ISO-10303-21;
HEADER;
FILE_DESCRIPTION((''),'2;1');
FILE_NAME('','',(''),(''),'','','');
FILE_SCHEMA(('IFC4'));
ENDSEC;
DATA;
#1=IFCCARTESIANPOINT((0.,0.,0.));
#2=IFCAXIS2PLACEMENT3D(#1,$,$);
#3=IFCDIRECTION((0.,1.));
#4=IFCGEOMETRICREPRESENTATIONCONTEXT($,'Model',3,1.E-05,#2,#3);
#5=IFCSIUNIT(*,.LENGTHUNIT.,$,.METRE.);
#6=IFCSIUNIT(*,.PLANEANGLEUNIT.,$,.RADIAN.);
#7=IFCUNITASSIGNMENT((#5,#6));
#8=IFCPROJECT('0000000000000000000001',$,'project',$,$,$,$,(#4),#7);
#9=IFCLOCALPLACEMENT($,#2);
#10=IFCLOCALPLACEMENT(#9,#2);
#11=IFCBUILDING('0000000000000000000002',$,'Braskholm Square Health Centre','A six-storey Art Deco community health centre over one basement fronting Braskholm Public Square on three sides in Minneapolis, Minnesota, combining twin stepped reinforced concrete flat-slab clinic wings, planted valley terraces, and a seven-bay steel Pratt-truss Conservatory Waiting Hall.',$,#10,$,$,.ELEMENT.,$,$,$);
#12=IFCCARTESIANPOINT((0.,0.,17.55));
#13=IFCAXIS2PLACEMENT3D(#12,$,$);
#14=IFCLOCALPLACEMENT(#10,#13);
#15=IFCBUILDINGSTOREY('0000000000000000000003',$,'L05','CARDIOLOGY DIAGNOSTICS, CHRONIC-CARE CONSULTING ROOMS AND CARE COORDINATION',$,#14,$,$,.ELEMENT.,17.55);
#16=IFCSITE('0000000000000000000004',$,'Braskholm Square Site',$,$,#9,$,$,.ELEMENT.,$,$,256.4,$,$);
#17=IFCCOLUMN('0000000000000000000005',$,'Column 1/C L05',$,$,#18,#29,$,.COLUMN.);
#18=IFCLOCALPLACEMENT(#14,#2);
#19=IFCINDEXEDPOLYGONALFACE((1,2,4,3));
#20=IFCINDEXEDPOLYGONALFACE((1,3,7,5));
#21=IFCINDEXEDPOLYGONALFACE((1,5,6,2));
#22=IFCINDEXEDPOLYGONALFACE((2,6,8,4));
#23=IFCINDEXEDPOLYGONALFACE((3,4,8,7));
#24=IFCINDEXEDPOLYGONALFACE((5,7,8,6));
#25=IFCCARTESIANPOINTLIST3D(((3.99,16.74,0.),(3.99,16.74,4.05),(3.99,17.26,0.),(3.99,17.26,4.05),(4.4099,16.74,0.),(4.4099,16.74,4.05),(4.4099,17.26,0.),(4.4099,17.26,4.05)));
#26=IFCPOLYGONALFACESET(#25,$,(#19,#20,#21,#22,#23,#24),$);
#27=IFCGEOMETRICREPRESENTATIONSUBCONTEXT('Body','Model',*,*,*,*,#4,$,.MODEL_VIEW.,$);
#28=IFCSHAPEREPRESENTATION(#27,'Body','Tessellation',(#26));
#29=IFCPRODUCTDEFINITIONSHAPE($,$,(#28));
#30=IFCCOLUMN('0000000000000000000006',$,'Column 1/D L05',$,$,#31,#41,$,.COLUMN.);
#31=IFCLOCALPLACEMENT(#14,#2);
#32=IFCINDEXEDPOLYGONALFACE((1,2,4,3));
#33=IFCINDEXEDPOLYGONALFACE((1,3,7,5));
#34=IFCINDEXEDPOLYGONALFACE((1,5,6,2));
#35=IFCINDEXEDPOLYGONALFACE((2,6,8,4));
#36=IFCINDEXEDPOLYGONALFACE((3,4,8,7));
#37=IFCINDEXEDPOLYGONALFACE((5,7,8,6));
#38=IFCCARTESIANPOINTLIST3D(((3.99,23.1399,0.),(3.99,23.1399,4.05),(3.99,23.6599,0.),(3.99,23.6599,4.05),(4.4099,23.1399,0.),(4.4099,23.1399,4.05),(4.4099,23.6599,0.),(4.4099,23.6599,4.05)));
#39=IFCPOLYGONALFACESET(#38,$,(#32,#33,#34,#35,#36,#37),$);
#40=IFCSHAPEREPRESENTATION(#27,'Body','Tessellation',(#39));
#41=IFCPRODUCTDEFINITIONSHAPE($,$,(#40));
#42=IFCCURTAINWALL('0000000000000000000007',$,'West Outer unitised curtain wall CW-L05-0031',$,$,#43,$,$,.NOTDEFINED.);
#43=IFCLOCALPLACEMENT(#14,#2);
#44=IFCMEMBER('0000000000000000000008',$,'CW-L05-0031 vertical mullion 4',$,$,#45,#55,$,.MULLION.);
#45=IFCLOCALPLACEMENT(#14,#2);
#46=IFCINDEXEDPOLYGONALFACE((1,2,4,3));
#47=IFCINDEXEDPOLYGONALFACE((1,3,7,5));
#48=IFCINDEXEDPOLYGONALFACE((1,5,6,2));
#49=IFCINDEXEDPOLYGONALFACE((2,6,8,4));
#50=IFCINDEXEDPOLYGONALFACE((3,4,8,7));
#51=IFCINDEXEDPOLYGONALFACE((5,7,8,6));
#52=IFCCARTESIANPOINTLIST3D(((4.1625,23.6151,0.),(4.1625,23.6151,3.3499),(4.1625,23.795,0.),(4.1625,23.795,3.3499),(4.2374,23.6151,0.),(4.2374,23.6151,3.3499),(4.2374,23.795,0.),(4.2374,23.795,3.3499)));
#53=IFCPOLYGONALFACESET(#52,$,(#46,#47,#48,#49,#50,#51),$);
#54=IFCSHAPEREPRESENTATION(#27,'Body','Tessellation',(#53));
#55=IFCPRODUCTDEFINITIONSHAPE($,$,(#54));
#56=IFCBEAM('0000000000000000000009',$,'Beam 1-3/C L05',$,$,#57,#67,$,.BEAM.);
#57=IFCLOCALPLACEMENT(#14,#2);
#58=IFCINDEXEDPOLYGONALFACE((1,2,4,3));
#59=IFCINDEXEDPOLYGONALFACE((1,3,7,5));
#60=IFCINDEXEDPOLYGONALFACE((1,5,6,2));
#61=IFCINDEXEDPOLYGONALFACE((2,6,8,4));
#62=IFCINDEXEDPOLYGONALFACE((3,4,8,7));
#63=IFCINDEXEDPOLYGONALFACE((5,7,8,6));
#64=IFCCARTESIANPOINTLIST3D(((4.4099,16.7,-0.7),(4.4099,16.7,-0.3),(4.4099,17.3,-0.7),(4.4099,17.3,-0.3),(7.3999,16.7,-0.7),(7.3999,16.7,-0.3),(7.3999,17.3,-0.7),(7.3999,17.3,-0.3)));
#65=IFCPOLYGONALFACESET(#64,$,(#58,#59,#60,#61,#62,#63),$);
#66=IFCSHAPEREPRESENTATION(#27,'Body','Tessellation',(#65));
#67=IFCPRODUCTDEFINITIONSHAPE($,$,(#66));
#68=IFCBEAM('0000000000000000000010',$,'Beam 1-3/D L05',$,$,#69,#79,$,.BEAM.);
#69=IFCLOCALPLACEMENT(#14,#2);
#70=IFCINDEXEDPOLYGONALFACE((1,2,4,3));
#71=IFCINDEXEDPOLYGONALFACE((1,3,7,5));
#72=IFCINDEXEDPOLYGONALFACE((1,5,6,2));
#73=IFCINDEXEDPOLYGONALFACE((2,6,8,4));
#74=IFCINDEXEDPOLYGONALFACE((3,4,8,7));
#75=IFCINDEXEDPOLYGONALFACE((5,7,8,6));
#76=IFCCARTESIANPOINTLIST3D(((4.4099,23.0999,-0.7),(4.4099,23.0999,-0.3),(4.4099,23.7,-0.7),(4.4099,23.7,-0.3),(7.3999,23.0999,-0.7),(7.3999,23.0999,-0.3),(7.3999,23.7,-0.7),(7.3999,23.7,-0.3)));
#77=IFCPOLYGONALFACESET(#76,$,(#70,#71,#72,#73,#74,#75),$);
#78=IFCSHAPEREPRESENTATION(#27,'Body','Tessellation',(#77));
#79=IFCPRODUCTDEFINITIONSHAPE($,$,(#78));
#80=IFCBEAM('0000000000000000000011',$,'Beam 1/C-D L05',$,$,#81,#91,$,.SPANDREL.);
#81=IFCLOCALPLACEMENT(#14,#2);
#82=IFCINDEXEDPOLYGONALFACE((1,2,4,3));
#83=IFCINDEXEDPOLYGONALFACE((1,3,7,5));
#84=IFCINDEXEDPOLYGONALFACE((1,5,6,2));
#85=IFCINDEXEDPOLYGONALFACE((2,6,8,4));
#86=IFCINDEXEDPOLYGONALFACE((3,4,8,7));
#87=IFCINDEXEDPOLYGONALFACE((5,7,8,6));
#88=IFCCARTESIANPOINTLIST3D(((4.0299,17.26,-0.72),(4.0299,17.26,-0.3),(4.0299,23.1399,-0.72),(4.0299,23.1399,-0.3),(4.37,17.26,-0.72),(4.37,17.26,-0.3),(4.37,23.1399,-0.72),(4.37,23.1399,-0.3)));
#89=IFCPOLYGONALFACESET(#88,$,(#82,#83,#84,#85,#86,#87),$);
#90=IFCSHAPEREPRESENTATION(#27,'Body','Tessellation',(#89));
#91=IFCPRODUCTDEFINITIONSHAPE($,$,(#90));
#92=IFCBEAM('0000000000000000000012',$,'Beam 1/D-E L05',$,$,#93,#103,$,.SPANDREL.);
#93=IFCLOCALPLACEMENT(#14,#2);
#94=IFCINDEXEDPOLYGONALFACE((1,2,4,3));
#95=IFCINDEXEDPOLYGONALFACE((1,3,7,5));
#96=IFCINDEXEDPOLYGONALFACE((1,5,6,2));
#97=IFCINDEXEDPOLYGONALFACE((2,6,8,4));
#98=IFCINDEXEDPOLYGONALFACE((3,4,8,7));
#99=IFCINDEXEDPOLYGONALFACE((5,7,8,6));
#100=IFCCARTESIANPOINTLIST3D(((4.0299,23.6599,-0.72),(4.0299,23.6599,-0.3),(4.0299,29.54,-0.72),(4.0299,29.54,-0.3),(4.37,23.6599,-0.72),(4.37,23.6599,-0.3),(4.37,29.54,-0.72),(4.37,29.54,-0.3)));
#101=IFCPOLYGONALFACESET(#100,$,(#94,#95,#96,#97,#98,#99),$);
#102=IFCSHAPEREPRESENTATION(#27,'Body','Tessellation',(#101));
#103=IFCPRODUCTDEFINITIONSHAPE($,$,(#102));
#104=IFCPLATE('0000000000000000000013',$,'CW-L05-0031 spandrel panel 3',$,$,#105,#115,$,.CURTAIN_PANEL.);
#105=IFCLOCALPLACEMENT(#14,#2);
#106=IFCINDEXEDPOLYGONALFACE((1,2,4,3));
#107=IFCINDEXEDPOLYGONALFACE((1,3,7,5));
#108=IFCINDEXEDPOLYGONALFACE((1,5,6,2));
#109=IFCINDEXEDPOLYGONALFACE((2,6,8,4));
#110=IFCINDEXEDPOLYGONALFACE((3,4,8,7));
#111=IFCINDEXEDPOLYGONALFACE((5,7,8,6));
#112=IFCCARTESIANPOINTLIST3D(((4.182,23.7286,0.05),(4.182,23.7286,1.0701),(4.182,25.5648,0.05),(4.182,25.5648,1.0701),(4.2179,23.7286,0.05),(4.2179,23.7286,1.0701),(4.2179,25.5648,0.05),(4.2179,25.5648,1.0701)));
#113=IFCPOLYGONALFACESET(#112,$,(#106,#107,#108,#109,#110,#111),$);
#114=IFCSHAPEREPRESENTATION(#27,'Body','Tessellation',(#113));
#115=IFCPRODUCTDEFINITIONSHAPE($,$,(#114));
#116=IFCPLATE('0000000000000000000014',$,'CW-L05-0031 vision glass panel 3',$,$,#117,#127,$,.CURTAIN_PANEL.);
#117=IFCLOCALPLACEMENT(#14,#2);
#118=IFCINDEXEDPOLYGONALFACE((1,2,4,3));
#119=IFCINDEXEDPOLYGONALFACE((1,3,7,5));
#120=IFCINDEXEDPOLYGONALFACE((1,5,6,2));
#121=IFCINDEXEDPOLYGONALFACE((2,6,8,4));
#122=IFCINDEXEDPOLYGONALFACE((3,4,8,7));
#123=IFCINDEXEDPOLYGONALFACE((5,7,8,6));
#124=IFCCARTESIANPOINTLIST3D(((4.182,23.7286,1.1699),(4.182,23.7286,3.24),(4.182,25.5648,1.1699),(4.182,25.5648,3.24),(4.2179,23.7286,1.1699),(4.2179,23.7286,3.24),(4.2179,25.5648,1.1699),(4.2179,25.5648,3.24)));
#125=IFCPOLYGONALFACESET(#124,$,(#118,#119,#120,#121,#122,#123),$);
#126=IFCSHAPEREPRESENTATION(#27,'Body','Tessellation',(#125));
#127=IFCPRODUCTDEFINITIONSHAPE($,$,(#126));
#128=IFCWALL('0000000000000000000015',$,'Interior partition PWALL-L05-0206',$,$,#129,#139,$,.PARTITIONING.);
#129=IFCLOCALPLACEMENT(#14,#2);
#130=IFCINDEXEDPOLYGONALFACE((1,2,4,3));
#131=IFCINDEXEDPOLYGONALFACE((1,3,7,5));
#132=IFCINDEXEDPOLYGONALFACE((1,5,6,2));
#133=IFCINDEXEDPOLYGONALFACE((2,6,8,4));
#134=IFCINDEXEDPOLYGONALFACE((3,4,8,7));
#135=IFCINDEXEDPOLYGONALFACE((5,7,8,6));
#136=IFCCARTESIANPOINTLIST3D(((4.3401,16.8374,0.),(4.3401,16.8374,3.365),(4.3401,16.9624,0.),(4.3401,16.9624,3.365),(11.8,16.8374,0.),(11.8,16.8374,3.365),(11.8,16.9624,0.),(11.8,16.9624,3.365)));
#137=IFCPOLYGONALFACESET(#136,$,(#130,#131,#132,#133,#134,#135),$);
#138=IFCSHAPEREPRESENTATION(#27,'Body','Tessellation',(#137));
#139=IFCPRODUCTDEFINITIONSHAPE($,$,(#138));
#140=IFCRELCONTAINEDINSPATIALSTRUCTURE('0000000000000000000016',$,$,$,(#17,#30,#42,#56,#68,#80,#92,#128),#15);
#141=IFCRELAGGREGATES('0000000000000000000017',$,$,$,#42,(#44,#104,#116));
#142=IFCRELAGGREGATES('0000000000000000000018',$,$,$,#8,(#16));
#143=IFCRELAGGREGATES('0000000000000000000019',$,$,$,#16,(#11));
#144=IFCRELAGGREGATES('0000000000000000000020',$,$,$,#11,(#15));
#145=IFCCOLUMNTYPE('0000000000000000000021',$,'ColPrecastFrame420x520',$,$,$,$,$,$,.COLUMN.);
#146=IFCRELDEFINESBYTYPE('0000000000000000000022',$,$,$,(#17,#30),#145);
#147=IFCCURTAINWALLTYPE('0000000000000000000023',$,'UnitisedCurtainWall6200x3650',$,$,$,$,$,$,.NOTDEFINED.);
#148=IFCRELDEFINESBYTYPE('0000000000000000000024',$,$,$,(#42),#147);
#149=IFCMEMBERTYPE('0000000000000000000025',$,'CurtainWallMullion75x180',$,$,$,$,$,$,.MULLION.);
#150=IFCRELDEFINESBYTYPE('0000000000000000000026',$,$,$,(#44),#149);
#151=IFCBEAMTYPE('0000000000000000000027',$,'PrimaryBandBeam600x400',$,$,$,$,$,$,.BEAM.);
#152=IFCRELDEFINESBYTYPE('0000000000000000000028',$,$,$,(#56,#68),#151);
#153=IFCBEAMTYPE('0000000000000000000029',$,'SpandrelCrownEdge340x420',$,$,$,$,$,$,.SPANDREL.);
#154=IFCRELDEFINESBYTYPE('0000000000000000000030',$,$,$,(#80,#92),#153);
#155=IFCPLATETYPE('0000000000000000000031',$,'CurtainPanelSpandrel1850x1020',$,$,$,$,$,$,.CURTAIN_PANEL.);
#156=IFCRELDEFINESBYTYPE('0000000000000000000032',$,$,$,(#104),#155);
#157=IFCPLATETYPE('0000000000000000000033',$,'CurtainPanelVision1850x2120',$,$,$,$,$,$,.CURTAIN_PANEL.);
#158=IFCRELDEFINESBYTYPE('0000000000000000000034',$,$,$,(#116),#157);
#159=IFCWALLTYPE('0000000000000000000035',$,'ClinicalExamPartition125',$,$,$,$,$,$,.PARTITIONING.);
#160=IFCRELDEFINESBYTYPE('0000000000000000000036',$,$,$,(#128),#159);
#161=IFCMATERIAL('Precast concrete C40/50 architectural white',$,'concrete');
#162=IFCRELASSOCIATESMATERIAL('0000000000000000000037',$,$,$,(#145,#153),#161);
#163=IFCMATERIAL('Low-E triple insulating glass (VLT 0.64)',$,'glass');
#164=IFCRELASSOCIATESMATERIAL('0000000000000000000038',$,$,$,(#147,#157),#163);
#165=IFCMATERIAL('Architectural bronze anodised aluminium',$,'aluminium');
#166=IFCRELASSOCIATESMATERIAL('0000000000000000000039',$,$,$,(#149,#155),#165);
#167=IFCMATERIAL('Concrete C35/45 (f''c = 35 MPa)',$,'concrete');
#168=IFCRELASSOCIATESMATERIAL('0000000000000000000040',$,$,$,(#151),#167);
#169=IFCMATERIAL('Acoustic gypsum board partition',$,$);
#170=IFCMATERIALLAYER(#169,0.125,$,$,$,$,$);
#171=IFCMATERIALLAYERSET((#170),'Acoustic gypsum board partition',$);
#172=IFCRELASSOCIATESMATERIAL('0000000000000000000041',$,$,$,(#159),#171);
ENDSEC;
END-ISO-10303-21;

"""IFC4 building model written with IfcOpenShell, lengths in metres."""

from ifc_helpers import new_model, si_unit, direction, frame, frame_2d, origin, origin_2d, place, context, subcontext, project, spatial, rectangle, extrude, material, layer, layer_set, material_profile, profile_set, type_object, element, aggregate, save


model = new_model("IFC4")

# Units and contexts
model_context = context("Model", 3, precision=1e-05, world=origin(), true_north=direction((0.0, 1.0)))
body_context = subcontext(model_context, "Body", "Model", "MODEL_VIEW")
ifc_project = project(units=[si_unit("LENGTHUNIT", "METRE"), si_unit("PLANEANGLEUNIT", "RADIAN")], contexts=[model_context])

# Site, building, storey
site_placement = place(None, origin())
site = spatial("IfcSite", under=ifc_project, at=site_placement, Name="Braskholm Square Site", CompositionType="ELEMENT", RefElevation=256.4)
building_placement = place(site_placement, origin())
building = spatial("IfcBuilding", under=site, at=building_placement, Name="Braskholm Square Health Centre", Description="A six-storey Art Deco community health centre over one basement fronting Braskholm Public Square on three sides in Minneapolis, Minnesota, combining twin stepped reinforced concrete flat-slab clinic wings, planted valley terraces, and a seven-bay steel Pratt-truss Conservatory Waiting Hall.", CompositionType="ELEMENT")
storey_placement = place(building_placement, frame((0.0, 0.0, 17.55)))
storey = spatial("IfcBuildingStorey", under=building, at=storey_placement, Name="L05", Description="CARDIOLOGY DIAGNOSTICS, CHRONIC-CARE CONSULTING ROOMS AND CARE COORDINATION", CompositionType="ELEMENT", Elevation=17.55)

# Columns
ifc_material_1 = material(Name="Precast concrete C40/50 architectural white", Category="concrete")
ifc_material_profile_1 = material_profile(ifc_material_1, rectangle(XDim=0.4199, YDim=0.52, at=origin_2d()), Name="RC-420X520")
ifc_profile_set_1 = profile_set([ifc_material_profile_1], Name="Precast concrete C40/50 architectural white")
column_type = type_object("IfcColumnType", Name="ColPrecastFrame420x520", PredefinedType="COLUMN", material=ifc_profile_set_1)
for number, where, z_axis, x_axis, name in (
    (1, (4.2, 17.0, 0.0), (0.0, 0.0, 1.0), (1.0, 0.0, 0.0), "Column 1/C L05"),
    (2, (4.2, 23.3999, 0.0), (0.0, 0.0, 1.0), (1.0, 0.0, 0.0), "Column 1/D L05"),
):
    element("IfcColumn", number, at=place(storey_placement, frame(where, z_axis=z_axis, x_axis=x_axis)), inside=storey, type_object=column_type, Name=name, PredefinedType="COLUMN", context=body_context, shape_type="SweptSolid", body=[
        extrude(rectangle(XDim=0.4199, YDim=0.52, at=origin_2d()), origin(), (0.0, 0.0, 1.0), 4.05),
    ])

# Curtain wall, member
ifc_material_2 = material(Name="Low-E triple insulating glass (VLT 0.64)", Category="glass")
curtain_wall_type = type_object("IfcCurtainWallType", Name="UnitisedCurtainWall6200x3650", PredefinedType="NOTDEFINED", material=ifc_material_2)
curtain_wall_placement = place(storey_placement, origin())
curtain_wall = element("IfcCurtainWall", 3, at=curtain_wall_placement, inside=storey, type_object=curtain_wall_type, Name="West Outer unitised curtain wall CW-L05-0031", PredefinedType="NOTDEFINED")
ifc_material_3 = material(Name="Architectural bronze anodised aluminium", Category="aluminium")
ifc_material_profile_2 = material_profile(ifc_material_3, rectangle(XDim=0.075, YDim=0.1799, at=origin_2d()), Name="ALU-75X180")
ifc_profile_set_2 = profile_set([ifc_material_profile_2], Name="Architectural bronze anodised aluminium")
member_type = type_object("IfcMemberType", Name="CurtainWallMullion75x180", PredefinedType="MULLION", material=ifc_profile_set_2)
member_placement = place(storey_placement, frame((4.2, 23.7051, 0.0), z_axis=(0.0, 0.0, 1.0), x_axis=(1.0, 0.0, 0.0)))
member = element("IfcMember", 4, at=member_placement, type_object=member_type, Name="CW-L05-0031 vertical mullion 4", PredefinedType="MULLION", context=body_context, shape_type="SweptSolid", body=[
    extrude(rectangle(XDim=0.075, YDim=0.1799, at=origin_2d()), origin(), (0.0, 0.0, 1.0), 3.3499),
])

# Beams
ifc_material_4 = material(Name="Concrete C35/45 (f'c = 35 MPa)", Category="concrete")
ifc_material_profile_3 = material_profile(ifc_material_4, rectangle(XDim=0.6001, YDim=0.3999, at=origin_2d()), Name="RCB-600X400")
ifc_profile_set_3 = profile_set([ifc_material_profile_3], Name="Concrete C35/45 (f'c = 35 MPa)")
beam_type_1 = type_object("IfcBeamType", Name="PrimaryBandBeam600x400", PredefinedType="BEAM", material=ifc_profile_set_3)
for number, where, z_axis, x_axis, name in (
    (5, (4.4099, 17.0, -0.5), (1.0, 0.0, 0.0), (0.0, 1.0, 0.0), "Beam 1-3/C L05"),
    (6, (4.4099, 23.3999, -0.5), (1.0, 0.0, 0.0), (0.0, 1.0, 0.0), "Beam 1-3/D L05"),
):
    element("IfcBeam", number, at=place(storey_placement, frame(where, z_axis=z_axis, x_axis=x_axis)), inside=storey, type_object=beam_type_1, Name=name, PredefinedType="BEAM", context=body_context, shape_type="SweptSolid", body=[
        extrude(rectangle(XDim=0.6001, YDim=0.3999, at=origin_2d()), origin(), (0.0, 0.0, 1.0), 2.99),
    ])
ifc_material_profile_4 = material_profile(ifc_material_1, rectangle(XDim=0.3401, YDim=0.4199, at=origin_2d()), Name="RCB-340X420")
ifc_profile_set_4 = profile_set([ifc_material_profile_4], Name="Precast concrete C40/50 architectural white")
beam_type_2 = type_object("IfcBeamType", Name="SpandrelCrownEdge340x420", PredefinedType="SPANDREL", material=ifc_profile_set_4)
beam_1_placement = place(storey_placement, frame((4.2, 17.26, -0.51), z_axis=(0.0, 1.0, 0.0), x_axis=(-1.0, 0.0, 0.0)))
element("IfcBeam", 7, at=beam_1_placement, inside=storey, type_object=beam_type_2, Name="Beam 1/C-D L05", PredefinedType="SPANDREL", context=body_context, shape_type="SweptSolid", body=[
    extrude(rectangle(XDim=0.3401, YDim=0.4199, at=origin_2d()), origin(), (0.0, 0.0, 1.0), 5.8799),
])
beam_2_placement = place(storey_placement, frame((4.2, 23.6599, -0.51), z_axis=(0.0, 1.0, 0.0), x_axis=(-1.0, 0.0, 0.0)))
element("IfcBeam", 8, at=beam_2_placement, inside=storey, type_object=beam_type_2, Name="Beam 1/D-E L05", PredefinedType="SPANDREL", context=body_context, shape_type="SweptSolid", body=[
    extrude(rectangle(XDim=0.3401, YDim=0.4199, at=origin_2d()), origin(), (0.0, 0.0, 1.0), 5.8801),
])

# Plates
plate_type_1 = type_object("IfcPlateType", Name="CurtainPanelSpandrel1850x1020", PredefinedType="CURTAIN_PANEL", material=ifc_material_3)
plate_1_placement = place(storey_placement, frame((4.2, 24.6467, 0.05), z_axis=(0.0, 0.0, 1.0), x_axis=(0.0, -1.0, 0.0)))
plate_1 = element("IfcPlate", 9, at=plate_1_placement, type_object=plate_type_1, Name="CW-L05-0031 spandrel panel 3", PredefinedType="CURTAIN_PANEL", context=body_context, shape_type="SweptSolid", body=[
    extrude(rectangle(XDim=1.8362, YDim=0.0359, at=origin_2d()), origin(), (0.0, 0.0, 1.0), 1.02),
])
plate_type_2 = type_object("IfcPlateType", Name="CurtainPanelVision1850x2120", PredefinedType="CURTAIN_PANEL", material=ifc_material_2)
plate_2_placement = place(storey_placement, frame((4.2, 24.6467, 1.1699), z_axis=(0.0, 0.0, 1.0), x_axis=(0.0, -1.0, 0.0)))
plate_2 = element("IfcPlate", 10, at=plate_2_placement, type_object=plate_type_2, Name="CW-L05-0031 vision glass panel 3", PredefinedType="CURTAIN_PANEL", context=body_context, shape_type="SweptSolid", body=[
    extrude(rectangle(XDim=1.8362, YDim=0.0359, at=origin_2d()), origin(), (0.0, 0.0, 1.0), 2.0701),
])
aggregate(curtain_wall, [member, plate_1, plate_2])

# Wall
ifc_material_5 = material(Name="Acoustic gypsum board partition")
ifc_layer_1 = layer(ifc_material_5, 0.125)
ifc_layer_set_1 = layer_set([ifc_layer_1], Name="Acoustic gypsum board partition")
wall_type_1 = type_object("IfcWallType", Name="ClinicalExamPartition125", PredefinedType="PARTITIONING", material=ifc_layer_set_1)
wall_1_placement = place(storey_placement, frame((4.3401, 16.8999, 0.0), z_axis=(0.0, 0.0, 1.0), x_axis=(1.0, 0.0, 0.0)))
element("IfcWall", 11, at=wall_1_placement, inside=storey, type_object=wall_type_1, Name="Interior partition PWALL-L05-0206", PredefinedType="PARTITIONING", context=body_context, shape_type="SweptSolid", body=[
    extrude(rectangle(XDim=7.46, YDim=0.125, at=frame_2d((3.73, 0.0))), origin(), (0.0, 0.0, 1.0), 3.365),
])

save(model, "model.ifc")
